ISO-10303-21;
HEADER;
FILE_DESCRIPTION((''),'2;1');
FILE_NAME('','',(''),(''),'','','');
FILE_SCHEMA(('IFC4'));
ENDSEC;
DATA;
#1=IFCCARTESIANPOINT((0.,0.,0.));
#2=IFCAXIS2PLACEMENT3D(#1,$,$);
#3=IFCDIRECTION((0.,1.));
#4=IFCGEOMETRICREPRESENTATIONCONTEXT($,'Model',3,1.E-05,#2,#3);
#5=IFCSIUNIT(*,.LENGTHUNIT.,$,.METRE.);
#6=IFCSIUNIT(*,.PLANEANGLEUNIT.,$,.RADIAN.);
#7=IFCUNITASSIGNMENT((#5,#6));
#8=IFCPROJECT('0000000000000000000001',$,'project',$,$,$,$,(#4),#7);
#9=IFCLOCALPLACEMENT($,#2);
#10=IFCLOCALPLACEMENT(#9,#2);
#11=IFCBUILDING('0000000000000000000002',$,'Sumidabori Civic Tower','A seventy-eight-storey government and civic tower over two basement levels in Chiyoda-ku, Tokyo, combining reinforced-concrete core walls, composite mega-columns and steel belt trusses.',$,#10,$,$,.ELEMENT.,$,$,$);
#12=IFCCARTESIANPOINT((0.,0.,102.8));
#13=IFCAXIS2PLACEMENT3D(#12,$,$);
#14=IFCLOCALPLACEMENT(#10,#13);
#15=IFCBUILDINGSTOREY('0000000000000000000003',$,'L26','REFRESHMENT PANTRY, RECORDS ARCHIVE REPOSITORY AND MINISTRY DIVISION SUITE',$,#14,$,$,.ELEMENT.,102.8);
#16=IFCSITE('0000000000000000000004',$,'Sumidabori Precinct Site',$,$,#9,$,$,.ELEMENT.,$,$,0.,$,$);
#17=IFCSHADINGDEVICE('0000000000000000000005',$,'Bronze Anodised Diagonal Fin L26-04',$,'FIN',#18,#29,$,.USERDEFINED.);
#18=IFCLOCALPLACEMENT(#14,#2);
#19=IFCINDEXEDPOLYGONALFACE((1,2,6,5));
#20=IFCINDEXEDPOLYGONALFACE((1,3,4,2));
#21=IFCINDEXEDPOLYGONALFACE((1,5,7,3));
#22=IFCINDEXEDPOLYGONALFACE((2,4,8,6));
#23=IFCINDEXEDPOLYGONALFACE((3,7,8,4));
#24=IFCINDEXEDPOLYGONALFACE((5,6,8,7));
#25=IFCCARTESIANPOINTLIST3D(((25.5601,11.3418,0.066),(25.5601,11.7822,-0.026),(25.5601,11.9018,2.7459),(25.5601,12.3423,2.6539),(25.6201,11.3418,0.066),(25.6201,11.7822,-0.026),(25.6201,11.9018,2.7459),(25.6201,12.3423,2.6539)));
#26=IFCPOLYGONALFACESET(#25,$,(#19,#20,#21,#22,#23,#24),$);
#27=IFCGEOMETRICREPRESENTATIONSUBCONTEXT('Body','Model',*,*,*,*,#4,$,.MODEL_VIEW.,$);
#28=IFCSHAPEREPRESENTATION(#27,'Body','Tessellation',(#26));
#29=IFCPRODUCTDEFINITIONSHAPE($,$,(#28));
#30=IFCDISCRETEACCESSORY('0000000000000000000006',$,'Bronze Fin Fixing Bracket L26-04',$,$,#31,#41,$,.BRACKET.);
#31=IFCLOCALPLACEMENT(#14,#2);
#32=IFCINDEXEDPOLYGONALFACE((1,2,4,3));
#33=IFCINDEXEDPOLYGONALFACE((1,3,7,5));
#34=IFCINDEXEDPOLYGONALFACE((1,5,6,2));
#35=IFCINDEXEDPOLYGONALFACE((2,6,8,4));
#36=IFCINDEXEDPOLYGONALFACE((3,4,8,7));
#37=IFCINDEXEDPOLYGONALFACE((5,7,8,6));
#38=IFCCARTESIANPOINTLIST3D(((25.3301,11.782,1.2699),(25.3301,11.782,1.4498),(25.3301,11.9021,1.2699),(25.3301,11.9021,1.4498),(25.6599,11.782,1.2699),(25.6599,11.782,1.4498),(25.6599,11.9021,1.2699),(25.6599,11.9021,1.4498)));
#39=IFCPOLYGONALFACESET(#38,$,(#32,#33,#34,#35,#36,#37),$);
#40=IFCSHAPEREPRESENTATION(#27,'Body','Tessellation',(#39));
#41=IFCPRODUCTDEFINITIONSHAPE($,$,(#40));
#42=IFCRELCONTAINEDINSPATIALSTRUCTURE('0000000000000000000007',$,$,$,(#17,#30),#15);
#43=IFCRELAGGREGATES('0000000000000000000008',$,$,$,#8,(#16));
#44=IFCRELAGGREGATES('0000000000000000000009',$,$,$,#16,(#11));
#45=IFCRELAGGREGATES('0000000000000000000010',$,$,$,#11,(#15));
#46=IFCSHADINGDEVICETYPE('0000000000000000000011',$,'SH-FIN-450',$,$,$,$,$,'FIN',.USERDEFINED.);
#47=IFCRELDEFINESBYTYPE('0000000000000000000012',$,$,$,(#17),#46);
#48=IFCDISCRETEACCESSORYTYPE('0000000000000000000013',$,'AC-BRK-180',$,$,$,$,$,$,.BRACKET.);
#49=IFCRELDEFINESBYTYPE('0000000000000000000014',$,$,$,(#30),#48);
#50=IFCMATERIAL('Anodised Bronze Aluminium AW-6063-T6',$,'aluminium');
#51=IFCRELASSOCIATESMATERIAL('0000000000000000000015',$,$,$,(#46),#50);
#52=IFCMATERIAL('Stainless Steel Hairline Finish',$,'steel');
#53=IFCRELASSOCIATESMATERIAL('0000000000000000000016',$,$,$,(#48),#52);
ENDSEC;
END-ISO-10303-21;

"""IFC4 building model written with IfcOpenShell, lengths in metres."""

from ifc_helpers import new_model, si_unit, direction, frame, origin, origin_2d, place, context, subcontext, project, spatial, rectangle, extrude, source, transform, mapped, material, material_profile, profile_set, type_object, element, save


model = new_model("IFC4")

# Units and contexts
model_context = context("Model", 3, precision=1e-05, world=origin(), true_north=direction((0.0, 1.0)))
body_context = subcontext(model_context, "Body", "Model", "MODEL_VIEW")
ifc_project = project(units=[si_unit("LENGTHUNIT", "METRE"), si_unit("PLANEANGLEUNIT", "RADIAN")], contexts=[model_context])

# Site, building, storey
site_placement = place(None, origin())
site = spatial("IfcSite", under=ifc_project, at=site_placement, Name="Sumidabori Precinct Site", CompositionType="ELEMENT", RefElevation=0.0)
building_placement = place(site_placement, origin())
building = spatial("IfcBuilding", under=site, at=building_placement, Name="Sumidabori Civic Tower", Description="A seventy-eight-storey government and civic tower over two basement levels in Chiyoda-ku, Tokyo, combining reinforced-concrete core walls, composite mega-columns and steel belt trusses.", CompositionType="ELEMENT")
storey_placement = place(building_placement, frame((0.0, 0.0, 102.8)))
storey = spatial("IfcBuildingStorey", under=building, at=storey_placement, Name="L26", Description="REFRESHMENT PANTRY, RECORDS ARCHIVE REPOSITORY AND MINISTRY DIVISION SUITE", CompositionType="ELEMENT", Elevation=102.8)

# Shared definitions
ifc_material_1 = material(Name="Anodised Bronze Aluminium AW-6063-T6", Category="aluminium")

# Shared definitions
ifc_material_2 = material(Name="Stainless Steel Hairline Finish", Category="steel")

# Shading device
ifc_material_profile_1 = material_profile(ifc_material_1, rectangle(XDim=0.0601, YDim=0.45, at=origin_2d()), Name="BRONZE FIN 450x60")
ifc_profile_set_1 = profile_set([ifc_material_profile_1], Name="Anodised Bronze Aluminium AW-6063-T6")
shading_device_type = type_object("IfcShadingDeviceType", Name="SH-FIN-450", ElementType="FIN", PredefinedType="USERDEFINED", material=ifc_profile_set_1)
shared_shape_1 = source(origin(), body_context, "Body", "SweptSolid", [
    extrude(rectangle(XDim=0.0601, YDim=0.45, at=origin_2d()), origin(), (0.0, 0.0, 1.0), 2.7378),
])
shading_device_placement = place(storey_placement, frame((25.5901, 11.562, 0.02), z_axis=(0.0, 0.204563, 0.978853), x_axis=(-1.0, 0.0, 0.0)))
element("IfcShadingDevice", 1, at=shading_device_placement, inside=storey, type_object=shading_device_type, Name="Bronze Anodised Diagonal Fin L26-04", ObjectType="FIN", PredefinedType="USERDEFINED", context=body_context, shape_type="MappedRepresentation", body=[
    mapped(shared_shape_1, transform((0.0, 0.0, 0.0), x_axis=(1.0, 0.0, 0.0), y_axis=(0.0, 1.0, 0.0), z_axis=(0.0, 0.0, 1.0), scale=1.0)),
])

# Discrete accessory
ifc_material_profile_2 = material_profile(ifc_material_2, rectangle(XDim=0.1201, YDim=0.1799, at=origin_2d()), Name="STEEL BRACKET 180x120")
ifc_profile_set_2 = profile_set([ifc_material_profile_2], Name="Stainless Steel Hairline Finish")
discrete_accessory_type = type_object("IfcDiscreteAccessoryType", Name="AC-BRK-180", PredefinedType="BRACKET", material=ifc_profile_set_2)
shared_shape_2 = source(origin(), body_context, "Body", "SweptSolid", [
    extrude(rectangle(XDim=0.1201, YDim=0.1799, at=origin_2d()), origin(), (0.0, 0.0, 1.0), 0.3298),
])
discrete_accessory_placement = place(storey_placement, frame((25.3301, 11.842, 1.3599), z_axis=(1.0, 0.0, 0.0), x_axis=(0.0, 1.0, 0.0)))
element("IfcDiscreteAccessory", 2, at=discrete_accessory_placement, inside=storey, type_object=discrete_accessory_type, Name="Bronze Fin Fixing Bracket L26-04", PredefinedType="BRACKET", context=body_context, shape_type="MappedRepresentation", body=[
    mapped(shared_shape_2, transform((0.0, 0.0, 0.0), x_axis=(1.0, 0.0, 0.0), y_axis=(0.0, 1.0, 0.0), z_axis=(0.0, 0.0, 1.0), scale=1.0)),
])

save(model, "model.ifc")
